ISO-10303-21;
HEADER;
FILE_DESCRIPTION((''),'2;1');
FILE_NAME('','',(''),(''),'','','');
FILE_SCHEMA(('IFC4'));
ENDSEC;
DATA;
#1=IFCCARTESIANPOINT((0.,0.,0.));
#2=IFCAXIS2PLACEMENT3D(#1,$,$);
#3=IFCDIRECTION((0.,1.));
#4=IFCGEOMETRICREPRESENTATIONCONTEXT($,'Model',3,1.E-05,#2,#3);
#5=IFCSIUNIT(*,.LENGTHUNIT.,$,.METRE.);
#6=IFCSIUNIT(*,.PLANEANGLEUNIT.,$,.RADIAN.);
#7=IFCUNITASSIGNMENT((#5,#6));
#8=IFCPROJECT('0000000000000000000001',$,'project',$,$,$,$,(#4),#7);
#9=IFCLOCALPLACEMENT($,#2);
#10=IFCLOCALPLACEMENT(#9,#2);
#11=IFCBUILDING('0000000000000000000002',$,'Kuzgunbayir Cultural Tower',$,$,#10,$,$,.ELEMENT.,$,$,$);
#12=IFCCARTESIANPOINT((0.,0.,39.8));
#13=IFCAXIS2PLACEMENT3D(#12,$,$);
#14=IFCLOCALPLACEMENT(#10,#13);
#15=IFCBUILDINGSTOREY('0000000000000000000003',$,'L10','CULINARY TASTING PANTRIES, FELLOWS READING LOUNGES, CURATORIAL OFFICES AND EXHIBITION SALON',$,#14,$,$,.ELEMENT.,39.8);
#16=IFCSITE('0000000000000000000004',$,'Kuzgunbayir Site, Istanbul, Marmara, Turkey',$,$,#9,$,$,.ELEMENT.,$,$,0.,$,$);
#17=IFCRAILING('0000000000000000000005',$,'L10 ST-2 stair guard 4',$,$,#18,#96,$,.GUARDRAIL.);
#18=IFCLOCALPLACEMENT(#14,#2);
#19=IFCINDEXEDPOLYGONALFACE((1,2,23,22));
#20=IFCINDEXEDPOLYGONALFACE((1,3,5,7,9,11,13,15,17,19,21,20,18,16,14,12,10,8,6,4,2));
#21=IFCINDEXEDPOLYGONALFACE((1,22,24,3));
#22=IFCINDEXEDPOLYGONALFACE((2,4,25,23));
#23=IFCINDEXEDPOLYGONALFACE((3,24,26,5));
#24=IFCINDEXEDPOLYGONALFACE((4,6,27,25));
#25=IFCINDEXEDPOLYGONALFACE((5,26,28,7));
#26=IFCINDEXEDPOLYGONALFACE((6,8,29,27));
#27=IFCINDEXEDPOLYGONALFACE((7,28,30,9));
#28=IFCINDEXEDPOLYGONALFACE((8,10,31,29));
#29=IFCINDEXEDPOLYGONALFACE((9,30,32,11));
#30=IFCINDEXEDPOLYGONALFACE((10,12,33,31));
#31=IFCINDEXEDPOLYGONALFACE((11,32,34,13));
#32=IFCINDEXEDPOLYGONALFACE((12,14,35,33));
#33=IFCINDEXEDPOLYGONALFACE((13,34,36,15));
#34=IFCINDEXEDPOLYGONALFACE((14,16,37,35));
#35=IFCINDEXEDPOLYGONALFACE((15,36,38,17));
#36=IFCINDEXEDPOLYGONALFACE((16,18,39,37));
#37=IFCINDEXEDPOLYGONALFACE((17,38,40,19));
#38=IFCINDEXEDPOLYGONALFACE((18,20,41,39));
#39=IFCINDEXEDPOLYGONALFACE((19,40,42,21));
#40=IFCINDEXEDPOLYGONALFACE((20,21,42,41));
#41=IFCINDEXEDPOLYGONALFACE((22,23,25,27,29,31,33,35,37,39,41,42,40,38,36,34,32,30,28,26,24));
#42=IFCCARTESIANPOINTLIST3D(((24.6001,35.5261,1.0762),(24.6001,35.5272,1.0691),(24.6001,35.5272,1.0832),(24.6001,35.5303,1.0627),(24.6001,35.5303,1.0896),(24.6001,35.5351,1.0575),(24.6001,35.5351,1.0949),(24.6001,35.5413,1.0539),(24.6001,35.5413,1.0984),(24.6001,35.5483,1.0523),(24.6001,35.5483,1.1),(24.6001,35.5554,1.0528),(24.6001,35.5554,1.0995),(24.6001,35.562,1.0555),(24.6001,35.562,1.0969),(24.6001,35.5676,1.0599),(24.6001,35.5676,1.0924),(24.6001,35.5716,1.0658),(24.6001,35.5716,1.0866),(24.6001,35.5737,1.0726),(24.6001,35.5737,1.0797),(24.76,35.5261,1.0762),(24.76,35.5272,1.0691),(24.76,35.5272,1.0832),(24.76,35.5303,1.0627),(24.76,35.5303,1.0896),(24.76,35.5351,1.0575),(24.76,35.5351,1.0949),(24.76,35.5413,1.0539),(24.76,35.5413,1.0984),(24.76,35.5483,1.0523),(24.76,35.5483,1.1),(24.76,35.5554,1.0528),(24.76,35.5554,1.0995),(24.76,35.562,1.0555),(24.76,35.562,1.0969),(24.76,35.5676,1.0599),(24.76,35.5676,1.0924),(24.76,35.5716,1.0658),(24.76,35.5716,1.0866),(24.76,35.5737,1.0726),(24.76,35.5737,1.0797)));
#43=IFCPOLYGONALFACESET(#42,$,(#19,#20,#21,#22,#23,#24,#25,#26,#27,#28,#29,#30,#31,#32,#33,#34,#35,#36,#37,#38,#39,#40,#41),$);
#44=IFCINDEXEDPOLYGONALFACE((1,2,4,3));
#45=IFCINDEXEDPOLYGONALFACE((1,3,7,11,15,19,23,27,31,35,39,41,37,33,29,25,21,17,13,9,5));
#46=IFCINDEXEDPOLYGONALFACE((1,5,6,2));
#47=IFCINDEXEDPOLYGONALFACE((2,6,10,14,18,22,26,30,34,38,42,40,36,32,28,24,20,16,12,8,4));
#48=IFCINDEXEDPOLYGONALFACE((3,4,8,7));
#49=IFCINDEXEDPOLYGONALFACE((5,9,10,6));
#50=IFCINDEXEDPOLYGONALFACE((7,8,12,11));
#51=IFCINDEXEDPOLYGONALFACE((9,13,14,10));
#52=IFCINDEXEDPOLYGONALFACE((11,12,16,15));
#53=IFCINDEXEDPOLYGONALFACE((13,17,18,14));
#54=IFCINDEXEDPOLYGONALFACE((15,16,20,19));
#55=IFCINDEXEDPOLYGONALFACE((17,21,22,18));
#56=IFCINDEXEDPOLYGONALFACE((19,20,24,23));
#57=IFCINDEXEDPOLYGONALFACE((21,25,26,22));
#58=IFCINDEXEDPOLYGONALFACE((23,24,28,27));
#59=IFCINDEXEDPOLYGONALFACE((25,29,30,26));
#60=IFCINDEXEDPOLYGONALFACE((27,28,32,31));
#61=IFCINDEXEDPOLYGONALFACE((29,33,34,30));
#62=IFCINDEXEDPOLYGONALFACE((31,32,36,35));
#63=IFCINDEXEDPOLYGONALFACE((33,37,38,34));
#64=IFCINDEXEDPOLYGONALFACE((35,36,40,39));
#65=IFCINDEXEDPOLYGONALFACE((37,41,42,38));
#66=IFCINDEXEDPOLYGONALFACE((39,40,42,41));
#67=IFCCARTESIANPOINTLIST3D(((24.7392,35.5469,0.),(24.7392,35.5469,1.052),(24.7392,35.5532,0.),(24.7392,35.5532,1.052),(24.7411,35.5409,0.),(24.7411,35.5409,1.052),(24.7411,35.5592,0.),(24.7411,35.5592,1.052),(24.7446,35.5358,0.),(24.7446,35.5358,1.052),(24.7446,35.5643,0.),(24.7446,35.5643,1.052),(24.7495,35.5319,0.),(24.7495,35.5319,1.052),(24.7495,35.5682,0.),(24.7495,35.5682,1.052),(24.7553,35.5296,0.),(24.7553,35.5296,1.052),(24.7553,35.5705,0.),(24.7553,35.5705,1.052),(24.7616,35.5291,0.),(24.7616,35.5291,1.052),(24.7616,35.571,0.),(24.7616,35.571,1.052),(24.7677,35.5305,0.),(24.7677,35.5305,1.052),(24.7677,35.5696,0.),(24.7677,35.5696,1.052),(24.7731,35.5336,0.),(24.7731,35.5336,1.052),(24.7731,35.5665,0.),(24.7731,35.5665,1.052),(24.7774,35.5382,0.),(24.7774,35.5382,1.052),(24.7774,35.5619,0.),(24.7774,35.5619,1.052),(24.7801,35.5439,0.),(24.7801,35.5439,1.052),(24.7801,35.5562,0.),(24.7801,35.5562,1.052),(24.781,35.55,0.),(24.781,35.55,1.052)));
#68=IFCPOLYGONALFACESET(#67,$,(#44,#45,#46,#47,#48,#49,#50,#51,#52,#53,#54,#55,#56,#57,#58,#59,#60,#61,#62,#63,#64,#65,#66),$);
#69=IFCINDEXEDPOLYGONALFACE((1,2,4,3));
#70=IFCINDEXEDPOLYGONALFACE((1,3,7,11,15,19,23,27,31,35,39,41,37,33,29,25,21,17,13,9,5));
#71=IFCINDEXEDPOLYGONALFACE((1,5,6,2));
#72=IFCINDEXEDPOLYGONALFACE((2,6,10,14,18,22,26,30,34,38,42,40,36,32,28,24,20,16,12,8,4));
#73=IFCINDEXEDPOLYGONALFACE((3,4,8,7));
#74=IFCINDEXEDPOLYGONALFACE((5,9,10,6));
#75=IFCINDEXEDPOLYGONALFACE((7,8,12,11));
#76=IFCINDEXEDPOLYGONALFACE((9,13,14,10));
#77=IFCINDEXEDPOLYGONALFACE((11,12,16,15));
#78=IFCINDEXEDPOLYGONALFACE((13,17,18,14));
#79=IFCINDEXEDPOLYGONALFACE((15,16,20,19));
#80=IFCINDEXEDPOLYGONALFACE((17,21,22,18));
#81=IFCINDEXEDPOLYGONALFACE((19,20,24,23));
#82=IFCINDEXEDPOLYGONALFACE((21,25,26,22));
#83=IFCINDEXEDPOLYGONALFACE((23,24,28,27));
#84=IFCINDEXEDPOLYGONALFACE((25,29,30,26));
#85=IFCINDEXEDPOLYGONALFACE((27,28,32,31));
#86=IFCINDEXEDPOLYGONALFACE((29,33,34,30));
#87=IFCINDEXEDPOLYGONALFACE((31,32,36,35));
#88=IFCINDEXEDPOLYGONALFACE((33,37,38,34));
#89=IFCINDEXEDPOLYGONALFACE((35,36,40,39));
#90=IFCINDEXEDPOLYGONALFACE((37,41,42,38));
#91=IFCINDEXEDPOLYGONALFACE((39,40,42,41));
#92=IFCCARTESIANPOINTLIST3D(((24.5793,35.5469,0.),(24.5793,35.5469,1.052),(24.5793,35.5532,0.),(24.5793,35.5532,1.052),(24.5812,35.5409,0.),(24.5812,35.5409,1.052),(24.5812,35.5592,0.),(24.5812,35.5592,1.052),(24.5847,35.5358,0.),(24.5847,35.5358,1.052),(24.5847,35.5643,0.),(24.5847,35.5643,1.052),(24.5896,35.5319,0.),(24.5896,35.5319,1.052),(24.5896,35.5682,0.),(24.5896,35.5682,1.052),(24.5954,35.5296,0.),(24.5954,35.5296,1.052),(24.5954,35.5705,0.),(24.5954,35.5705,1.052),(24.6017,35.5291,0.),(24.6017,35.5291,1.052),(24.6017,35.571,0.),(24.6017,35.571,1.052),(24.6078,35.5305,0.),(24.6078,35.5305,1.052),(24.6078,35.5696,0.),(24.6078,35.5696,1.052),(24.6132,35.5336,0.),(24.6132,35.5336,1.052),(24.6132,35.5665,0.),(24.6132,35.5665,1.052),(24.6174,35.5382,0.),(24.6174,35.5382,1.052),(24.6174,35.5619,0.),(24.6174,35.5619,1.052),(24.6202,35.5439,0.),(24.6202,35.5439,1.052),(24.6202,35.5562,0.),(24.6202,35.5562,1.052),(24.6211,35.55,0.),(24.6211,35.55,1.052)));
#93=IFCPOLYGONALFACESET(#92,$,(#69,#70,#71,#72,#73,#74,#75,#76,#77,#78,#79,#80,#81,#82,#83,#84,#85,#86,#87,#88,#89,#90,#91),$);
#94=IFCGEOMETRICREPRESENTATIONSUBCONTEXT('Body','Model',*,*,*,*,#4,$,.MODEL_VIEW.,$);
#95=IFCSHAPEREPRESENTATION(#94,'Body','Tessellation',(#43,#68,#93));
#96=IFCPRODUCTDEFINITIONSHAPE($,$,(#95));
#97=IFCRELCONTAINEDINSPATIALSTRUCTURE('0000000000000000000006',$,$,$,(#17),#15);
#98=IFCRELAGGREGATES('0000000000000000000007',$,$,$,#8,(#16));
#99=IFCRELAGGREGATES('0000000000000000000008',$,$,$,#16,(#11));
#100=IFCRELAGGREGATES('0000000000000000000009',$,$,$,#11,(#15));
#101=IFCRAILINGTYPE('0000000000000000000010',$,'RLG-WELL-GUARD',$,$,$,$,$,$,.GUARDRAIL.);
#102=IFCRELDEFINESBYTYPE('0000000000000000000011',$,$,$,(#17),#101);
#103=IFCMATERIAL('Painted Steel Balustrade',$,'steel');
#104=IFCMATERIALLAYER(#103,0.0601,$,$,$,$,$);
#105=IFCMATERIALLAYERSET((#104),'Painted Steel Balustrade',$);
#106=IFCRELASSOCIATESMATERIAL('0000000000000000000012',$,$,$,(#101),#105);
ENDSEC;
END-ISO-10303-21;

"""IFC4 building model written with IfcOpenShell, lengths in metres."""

from ifc_helpers import new_model, si_unit, direction, frame, origin, origin_2d, place, context, subcontext, project, spatial, circle, extrude, material, layer, layer_set, type_object, element, save


model = new_model("IFC4")

# Units and contexts
model_context = context("Model", 3, precision=1e-05, world=origin(), true_north=direction((0.0, 1.0)))
body_context = subcontext(model_context, "Body", "Model", "MODEL_VIEW")
ifc_project = project(units=[si_unit("LENGTHUNIT", "METRE"), si_unit("PLANEANGLEUNIT", "RADIAN")], contexts=[model_context])

# Site, building, storey
site_placement = place(None, origin())
site = spatial("IfcSite", under=ifc_project, at=site_placement, Name="Kuzgunbayir Site, Istanbul, Marmara, Turkey", CompositionType="ELEMENT", RefElevation=0.0)
building_placement = place(site_placement, origin())
building = spatial("IfcBuilding", under=site, at=building_placement, Name="Kuzgunbayir Cultural Tower", CompositionType="ELEMENT")
storey_placement = place(building_placement, frame((0.0, 0.0, 39.8)))
storey = spatial("IfcBuildingStorey", under=building, at=storey_placement, Name="L10", Description="CULINARY TASTING PANTRIES, FELLOWS READING LOUNGES, CURATORIAL OFFICES AND EXHIBITION SALON", CompositionType="ELEMENT", Elevation=39.8)

# Railing
ifc_material_1 = material(Name="Painted Steel Balustrade", Category="steel")
ifc_layer_1 = layer(ifc_material_1, 0.0601)
ifc_layer_set_1 = layer_set([ifc_layer_1], Name="Painted Steel Balustrade")
railing_type_1 = type_object("IfcRailingType", Name="RLG-WELL-GUARD", PredefinedType="GUARDRAIL", material=ifc_layer_set_1)
railing_1_placement = place(storey_placement, frame((24.76, 35.55, 0.0)))
element("IfcRailing", 1, at=railing_1_placement, inside=storey, type_object=railing_type_1, Name="L10 ST-2 stair guard 4", PredefinedType="GUARDRAIL", context=body_context, shape_type="SweptSolid", body=[
    extrude(circle(Radius=0.0239, at=origin_2d()), frame((0.0, 0.0, 1.0762), z_axis=(-1.0, 0.0, 0.0), x_axis=(0.0, -1.0, 0.0)), (0.0, 0.0, 1.0), 0.1599),
    extrude(circle(Radius=0.021, at=origin_2d()), origin(), (0.0, 0.0, 1.0), 1.052),
    extrude(circle(Radius=0.021, at=origin_2d()), frame((-0.1599, 0.0, 0.0)), (0.0, 0.0, 1.0), 1.052),
])

save(model, "model.ifc")
